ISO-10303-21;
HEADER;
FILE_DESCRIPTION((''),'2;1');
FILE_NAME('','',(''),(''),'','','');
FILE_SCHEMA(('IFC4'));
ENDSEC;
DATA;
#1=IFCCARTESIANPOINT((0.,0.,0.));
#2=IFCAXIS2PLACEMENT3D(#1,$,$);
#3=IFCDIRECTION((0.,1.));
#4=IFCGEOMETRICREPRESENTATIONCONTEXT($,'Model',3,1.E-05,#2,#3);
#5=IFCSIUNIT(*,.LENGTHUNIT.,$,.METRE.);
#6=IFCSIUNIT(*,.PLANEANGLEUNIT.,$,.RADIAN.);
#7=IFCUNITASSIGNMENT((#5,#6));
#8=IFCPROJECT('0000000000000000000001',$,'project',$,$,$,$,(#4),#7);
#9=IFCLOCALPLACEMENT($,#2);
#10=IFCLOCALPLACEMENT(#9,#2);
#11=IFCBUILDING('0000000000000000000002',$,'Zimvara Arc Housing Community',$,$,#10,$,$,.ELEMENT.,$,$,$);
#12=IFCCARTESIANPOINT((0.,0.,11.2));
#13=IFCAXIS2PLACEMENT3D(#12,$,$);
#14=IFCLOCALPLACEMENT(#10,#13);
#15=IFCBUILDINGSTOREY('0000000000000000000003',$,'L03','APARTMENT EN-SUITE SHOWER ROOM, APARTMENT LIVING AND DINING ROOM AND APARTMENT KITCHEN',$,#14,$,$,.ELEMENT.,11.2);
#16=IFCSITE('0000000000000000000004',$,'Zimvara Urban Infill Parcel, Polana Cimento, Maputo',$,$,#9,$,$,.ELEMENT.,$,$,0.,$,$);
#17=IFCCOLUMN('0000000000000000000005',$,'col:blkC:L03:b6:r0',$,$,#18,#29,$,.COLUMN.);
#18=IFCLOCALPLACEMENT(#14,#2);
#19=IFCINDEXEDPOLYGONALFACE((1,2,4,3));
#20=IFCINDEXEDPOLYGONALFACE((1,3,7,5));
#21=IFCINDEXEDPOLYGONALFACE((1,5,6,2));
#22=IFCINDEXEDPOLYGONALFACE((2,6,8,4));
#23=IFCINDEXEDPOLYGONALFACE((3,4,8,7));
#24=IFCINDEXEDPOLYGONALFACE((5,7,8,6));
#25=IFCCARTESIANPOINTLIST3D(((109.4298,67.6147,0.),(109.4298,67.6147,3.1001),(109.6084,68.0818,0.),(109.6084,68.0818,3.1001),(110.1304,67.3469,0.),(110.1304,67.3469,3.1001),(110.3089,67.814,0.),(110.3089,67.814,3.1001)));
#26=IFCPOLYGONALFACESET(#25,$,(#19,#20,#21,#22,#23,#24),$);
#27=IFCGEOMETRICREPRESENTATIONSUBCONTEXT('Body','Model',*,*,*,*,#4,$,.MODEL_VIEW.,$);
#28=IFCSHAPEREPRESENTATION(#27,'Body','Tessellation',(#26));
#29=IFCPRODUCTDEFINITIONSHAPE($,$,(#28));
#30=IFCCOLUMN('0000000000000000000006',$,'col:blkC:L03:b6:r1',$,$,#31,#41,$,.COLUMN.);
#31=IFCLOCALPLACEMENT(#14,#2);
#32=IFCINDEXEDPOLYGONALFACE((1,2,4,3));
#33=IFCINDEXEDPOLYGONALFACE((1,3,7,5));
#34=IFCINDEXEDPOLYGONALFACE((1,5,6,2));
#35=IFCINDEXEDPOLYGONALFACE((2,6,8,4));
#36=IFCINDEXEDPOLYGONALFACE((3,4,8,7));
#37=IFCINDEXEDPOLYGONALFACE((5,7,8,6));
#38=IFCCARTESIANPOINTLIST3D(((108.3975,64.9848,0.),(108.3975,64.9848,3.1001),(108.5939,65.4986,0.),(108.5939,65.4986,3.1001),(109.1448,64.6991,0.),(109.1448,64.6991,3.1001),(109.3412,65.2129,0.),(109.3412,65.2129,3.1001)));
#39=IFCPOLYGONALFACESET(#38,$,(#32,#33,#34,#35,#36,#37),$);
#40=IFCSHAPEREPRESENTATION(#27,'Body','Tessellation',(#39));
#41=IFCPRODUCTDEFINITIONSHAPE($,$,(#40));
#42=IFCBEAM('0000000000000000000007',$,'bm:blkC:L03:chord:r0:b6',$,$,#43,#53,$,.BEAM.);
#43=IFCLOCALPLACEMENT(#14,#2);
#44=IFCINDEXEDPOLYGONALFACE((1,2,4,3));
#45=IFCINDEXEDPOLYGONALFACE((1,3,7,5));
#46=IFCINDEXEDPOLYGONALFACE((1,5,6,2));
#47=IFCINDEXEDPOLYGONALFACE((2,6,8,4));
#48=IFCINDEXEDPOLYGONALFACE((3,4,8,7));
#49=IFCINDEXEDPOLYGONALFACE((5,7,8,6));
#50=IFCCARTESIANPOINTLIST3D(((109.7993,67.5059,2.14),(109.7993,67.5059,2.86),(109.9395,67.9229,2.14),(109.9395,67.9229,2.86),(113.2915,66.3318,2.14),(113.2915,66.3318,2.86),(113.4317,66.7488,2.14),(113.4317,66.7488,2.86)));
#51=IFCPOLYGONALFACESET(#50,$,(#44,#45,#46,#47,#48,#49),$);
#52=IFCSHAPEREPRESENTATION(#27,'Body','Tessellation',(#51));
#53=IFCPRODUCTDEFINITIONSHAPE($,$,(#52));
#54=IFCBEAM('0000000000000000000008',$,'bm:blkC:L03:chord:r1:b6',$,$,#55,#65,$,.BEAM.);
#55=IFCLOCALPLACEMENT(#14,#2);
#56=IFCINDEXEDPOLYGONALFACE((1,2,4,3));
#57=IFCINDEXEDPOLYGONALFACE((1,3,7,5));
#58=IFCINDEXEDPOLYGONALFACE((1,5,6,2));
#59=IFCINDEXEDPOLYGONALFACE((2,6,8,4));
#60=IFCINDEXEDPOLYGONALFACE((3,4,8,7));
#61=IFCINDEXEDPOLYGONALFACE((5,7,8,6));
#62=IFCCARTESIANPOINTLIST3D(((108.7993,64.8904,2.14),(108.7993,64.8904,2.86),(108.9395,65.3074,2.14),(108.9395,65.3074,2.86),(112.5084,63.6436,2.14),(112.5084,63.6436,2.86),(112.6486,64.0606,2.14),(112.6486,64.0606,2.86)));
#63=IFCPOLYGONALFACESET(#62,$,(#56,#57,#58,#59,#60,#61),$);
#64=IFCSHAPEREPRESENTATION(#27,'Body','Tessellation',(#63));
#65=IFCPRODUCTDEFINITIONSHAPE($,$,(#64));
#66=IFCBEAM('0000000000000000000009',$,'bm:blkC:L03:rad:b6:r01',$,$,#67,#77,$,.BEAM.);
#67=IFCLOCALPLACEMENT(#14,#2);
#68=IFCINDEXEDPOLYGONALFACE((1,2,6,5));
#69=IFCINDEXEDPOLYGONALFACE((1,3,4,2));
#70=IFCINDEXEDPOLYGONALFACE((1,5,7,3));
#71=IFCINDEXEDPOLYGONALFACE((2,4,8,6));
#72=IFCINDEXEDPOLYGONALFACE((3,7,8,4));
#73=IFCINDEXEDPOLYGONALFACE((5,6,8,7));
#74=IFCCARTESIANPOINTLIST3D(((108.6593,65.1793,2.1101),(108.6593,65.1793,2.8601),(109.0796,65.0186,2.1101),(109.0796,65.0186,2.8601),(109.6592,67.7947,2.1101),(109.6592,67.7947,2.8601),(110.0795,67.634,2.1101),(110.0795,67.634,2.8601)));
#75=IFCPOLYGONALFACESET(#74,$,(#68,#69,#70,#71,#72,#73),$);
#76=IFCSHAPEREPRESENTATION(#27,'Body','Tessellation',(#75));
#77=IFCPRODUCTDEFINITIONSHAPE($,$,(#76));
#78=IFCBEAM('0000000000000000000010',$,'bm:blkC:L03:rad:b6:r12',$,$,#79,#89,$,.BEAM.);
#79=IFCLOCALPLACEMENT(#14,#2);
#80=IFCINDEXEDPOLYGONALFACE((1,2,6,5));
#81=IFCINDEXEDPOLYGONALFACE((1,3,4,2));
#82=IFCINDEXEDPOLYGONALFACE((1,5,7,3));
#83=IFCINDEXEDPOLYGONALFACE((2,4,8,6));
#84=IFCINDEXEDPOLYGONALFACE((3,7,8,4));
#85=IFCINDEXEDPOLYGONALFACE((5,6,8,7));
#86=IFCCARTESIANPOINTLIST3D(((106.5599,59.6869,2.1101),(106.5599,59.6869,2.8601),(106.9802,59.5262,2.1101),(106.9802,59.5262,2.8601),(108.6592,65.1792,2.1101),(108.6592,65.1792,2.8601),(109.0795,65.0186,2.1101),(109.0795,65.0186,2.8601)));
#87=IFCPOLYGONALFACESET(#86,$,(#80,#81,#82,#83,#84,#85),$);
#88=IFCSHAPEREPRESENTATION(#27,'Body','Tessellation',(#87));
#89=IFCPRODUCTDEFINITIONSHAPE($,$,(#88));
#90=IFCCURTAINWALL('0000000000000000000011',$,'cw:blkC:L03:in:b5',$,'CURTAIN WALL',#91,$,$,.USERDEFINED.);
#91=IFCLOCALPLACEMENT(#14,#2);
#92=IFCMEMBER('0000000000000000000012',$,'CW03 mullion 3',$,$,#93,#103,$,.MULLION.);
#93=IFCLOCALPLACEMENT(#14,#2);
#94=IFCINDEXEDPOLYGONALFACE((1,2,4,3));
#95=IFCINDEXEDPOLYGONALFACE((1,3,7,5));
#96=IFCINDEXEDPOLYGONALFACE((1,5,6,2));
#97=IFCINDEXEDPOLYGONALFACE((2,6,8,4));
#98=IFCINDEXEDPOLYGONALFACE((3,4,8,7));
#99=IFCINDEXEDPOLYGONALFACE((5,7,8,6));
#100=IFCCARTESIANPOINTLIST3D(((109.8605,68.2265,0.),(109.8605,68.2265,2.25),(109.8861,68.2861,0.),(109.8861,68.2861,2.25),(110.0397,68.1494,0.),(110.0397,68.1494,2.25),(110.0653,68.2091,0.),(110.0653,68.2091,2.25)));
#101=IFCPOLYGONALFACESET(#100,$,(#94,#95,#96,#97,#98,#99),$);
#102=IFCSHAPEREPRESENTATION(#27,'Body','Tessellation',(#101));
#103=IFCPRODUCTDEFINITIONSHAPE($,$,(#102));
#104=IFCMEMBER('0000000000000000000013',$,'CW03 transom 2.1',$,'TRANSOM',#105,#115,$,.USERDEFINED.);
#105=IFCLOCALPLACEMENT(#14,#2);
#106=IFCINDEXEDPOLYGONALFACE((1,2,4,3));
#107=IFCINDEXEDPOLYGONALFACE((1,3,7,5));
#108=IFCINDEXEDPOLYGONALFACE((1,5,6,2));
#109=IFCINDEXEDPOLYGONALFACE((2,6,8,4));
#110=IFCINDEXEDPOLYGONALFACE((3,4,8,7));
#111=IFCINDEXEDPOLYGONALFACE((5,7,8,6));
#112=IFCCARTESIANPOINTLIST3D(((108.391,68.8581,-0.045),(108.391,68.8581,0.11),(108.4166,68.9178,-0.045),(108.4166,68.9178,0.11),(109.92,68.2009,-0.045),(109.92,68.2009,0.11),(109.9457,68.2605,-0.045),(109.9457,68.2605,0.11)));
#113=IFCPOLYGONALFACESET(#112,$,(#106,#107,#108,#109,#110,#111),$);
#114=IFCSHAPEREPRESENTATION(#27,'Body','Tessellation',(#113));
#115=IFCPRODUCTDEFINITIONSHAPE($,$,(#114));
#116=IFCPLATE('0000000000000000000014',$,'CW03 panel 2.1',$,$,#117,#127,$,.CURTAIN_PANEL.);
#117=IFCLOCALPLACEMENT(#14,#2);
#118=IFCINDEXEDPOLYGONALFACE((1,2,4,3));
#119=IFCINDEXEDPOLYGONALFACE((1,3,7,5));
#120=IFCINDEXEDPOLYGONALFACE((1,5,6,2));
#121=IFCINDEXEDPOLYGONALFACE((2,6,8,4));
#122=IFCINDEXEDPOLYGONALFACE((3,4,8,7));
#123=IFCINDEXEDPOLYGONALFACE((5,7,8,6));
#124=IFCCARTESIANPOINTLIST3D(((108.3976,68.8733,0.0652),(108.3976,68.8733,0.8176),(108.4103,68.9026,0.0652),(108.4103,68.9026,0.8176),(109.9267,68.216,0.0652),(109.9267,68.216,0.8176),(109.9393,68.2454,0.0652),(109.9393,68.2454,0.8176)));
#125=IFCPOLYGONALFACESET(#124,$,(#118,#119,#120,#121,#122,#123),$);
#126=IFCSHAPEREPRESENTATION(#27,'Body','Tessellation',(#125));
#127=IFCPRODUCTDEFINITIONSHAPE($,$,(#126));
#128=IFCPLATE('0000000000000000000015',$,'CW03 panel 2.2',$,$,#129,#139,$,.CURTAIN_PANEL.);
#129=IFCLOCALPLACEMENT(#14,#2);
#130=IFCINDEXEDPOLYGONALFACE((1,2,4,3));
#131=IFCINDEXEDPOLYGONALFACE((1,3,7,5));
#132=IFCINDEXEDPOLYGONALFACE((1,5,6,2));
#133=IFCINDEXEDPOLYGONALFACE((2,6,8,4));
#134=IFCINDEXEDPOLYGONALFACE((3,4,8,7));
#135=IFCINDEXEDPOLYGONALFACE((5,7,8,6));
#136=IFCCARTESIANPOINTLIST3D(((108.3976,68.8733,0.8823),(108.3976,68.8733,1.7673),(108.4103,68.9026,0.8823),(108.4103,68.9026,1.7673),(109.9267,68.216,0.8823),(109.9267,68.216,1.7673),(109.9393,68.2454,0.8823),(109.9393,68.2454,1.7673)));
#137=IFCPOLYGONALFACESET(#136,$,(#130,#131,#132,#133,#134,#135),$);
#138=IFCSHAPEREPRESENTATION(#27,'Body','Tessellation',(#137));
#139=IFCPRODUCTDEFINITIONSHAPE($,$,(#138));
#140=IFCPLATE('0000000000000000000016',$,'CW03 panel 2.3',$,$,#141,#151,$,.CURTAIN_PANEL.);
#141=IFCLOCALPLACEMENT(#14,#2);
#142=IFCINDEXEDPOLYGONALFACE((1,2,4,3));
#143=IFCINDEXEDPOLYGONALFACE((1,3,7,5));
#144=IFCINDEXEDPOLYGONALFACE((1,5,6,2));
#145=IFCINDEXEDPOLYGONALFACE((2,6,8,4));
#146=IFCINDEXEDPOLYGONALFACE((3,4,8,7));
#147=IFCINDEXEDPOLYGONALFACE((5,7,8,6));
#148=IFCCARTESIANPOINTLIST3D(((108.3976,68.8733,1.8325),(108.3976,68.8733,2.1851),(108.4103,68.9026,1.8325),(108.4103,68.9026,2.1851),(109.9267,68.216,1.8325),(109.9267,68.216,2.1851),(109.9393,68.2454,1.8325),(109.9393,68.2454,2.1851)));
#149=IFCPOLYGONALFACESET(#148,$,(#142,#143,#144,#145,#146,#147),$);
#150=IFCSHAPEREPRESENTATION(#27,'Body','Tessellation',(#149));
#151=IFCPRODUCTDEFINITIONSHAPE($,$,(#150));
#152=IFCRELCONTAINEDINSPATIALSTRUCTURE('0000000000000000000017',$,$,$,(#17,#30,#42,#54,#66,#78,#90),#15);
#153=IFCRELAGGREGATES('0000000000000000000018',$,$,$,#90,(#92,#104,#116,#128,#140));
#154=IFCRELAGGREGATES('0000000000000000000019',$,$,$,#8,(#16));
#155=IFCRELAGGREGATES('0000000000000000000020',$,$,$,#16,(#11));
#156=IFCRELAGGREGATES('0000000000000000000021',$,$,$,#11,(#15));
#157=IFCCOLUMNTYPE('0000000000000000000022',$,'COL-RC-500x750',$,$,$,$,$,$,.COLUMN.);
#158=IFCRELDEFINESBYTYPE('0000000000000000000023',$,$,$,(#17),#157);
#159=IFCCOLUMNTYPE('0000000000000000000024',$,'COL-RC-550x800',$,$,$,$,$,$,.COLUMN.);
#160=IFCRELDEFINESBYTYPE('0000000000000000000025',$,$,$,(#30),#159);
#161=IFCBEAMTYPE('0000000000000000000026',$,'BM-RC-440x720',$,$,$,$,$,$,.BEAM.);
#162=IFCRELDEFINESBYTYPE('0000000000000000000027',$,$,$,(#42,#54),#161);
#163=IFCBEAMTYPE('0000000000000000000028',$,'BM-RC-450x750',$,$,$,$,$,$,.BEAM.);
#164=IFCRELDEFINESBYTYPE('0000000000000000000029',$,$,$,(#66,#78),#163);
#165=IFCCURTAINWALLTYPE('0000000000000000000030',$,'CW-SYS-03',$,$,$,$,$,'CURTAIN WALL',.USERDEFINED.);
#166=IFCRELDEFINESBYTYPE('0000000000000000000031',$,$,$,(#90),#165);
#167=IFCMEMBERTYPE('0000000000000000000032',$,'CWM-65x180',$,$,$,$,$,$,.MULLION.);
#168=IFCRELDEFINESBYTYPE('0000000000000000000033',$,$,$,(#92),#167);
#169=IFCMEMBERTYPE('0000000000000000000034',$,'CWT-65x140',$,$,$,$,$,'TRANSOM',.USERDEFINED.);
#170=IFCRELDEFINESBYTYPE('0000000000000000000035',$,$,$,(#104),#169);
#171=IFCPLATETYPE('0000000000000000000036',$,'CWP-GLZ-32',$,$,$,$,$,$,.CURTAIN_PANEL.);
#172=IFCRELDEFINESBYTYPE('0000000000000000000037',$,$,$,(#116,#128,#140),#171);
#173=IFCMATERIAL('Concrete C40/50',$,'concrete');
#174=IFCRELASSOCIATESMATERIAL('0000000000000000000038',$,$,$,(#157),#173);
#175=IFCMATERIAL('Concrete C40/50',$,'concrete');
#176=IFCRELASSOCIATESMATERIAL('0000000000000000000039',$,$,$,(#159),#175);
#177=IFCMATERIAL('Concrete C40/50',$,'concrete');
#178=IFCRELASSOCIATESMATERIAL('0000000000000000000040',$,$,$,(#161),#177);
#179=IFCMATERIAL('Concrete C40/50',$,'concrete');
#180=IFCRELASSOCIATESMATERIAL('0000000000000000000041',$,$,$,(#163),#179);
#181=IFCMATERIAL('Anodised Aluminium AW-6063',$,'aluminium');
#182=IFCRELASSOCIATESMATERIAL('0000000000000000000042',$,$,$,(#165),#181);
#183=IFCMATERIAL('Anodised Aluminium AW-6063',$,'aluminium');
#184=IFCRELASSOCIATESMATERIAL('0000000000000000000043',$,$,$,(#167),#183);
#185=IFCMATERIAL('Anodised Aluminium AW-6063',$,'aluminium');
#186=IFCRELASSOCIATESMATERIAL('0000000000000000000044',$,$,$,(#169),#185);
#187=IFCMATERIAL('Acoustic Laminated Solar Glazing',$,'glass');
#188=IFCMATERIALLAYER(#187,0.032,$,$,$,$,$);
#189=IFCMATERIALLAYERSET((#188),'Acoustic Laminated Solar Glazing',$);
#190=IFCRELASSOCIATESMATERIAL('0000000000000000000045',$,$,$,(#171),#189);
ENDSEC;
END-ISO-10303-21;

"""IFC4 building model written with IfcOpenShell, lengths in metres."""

from ifc_helpers import new_model, si_unit, direction, frame, origin, origin_2d, place, context, subcontext, project, spatial, rectangle, extrude, material, layer, layer_set, material_profile, profile_set, type_object, element, aggregate, save


model = new_model("IFC4")

# Units and contexts
model_context = context("Model", 3, precision=1e-05, world=origin(), true_north=direction((0.0, 1.0)))
body_context = subcontext(model_context, "Body", "Model", "MODEL_VIEW")
ifc_project = project(units=[si_unit("LENGTHUNIT", "METRE"), si_unit("PLANEANGLEUNIT", "RADIAN")], contexts=[model_context])

# Site, building, storey
site_placement = place(None, origin())
site = spatial("IfcSite", under=ifc_project, at=site_placement, Name="Zimvara Urban Infill Parcel, Polana Cimento, Maputo", CompositionType="ELEMENT", RefElevation=0.0)
building_placement = place(site_placement, origin())
building = spatial("IfcBuilding", under=site, at=building_placement, Name="Zimvara Arc Housing Community", CompositionType="ELEMENT")
storey_placement = place(building_placement, frame((0.0, 0.0, 11.2)))
storey = spatial("IfcBuildingStorey", under=building, at=storey_placement, Name="L03", Description="APARTMENT EN-SUITE SHOWER ROOM, APARTMENT LIVING AND DINING ROOM AND APARTMENT KITCHEN", CompositionType="ELEMENT", Elevation=11.2)

# Columns
ifc_material_1 = material(Name="Concrete C40/50", Category="concrete")
ifc_material_profile_1 = material_profile(ifc_material_1, rectangle(XDim=0.5, YDim=0.75, at=origin_2d()), Name="RC 500x750")
ifc_profile_set_1 = profile_set([ifc_material_profile_1], Name="Concrete C40/50")
column_type_1 = type_object("IfcColumnType", Name="COL-RC-500x750", PredefinedType="COLUMN", material=ifc_profile_set_1)
column_1_placement = place(storey_placement, frame((109.8694, 67.7144, 0.0), z_axis=(0.0, 0.0, 1.0), x_axis=(-0.357064, -0.93408, 0.0)))
element("IfcColumn", 1, at=column_1_placement, inside=storey, type_object=column_type_1, Name="col:blkC:L03:b6:r0", PredefinedType="COLUMN", context=body_context, shape_type="SweptSolid", body=[
    extrude(rectangle(XDim=0.5, YDim=0.75, at=origin_2d()), origin(), (0.0, 0.0, 1.0), 3.1001),
])
ifc_material_2 = material(Name="Concrete C40/50", Category="concrete")
ifc_material_profile_2 = material_profile(ifc_material_2, rectangle(XDim=0.55, YDim=0.8, at=origin_2d()), Name="RC 550x800")
ifc_profile_set_2 = profile_set([ifc_material_profile_2], Name="Concrete C40/50")
column_type_2 = type_object("IfcColumnType", Name="COL-RC-550x800", PredefinedType="COLUMN", material=ifc_profile_set_2)
column_2_placement = place(storey_placement, frame((108.8694, 65.0989, 0.0), z_axis=(0.0, 0.0, 1.0), x_axis=(-0.357064, -0.93408, 0.0)))
element("IfcColumn", 2, at=column_2_placement, inside=storey, type_object=column_type_2, Name="col:blkC:L03:b6:r1", PredefinedType="COLUMN", context=body_context, shape_type="SweptSolid", body=[
    extrude(rectangle(XDim=0.55, YDim=0.8, at=origin_2d()), origin(), (0.0, 0.0, 1.0), 3.1001),
])

# Beams
ifc_material_3 = material(Name="Concrete C40/50", Category="concrete")
ifc_material_profile_3 = material_profile(ifc_material_3, rectangle(XDim=0.4399, YDim=0.72, at=origin_2d()), Name="RC 440x720")
ifc_profile_set_3 = profile_set([ifc_material_profile_3], Name="Concrete C40/50")
beam_type_1 = type_object("IfcBeamType", Name="BM-RC-440x720", PredefinedType="BEAM", material=ifc_profile_set_3)
beam_1_placement = place(storey_placement, frame((109.8694, 67.7144, 2.5), z_axis=(0.947865, -0.318672, 0.0), x_axis=(0.318672, 0.947865, 0.0)))
element("IfcBeam", 3, at=beam_1_placement, inside=storey, type_object=beam_type_1, Name="bm:blkC:L03:chord:r0:b6", PredefinedType="BEAM", context=body_context, shape_type="SweptSolid", body=[
    extrude(rectangle(XDim=0.4399, YDim=0.72, at=origin_2d()), origin(), (0.0, 0.0, 1.0), 3.6843),
])
beam_2_placement = place(storey_placement, frame((108.8694, 65.0989, 2.5), z_axis=(0.947882, -0.318623, 0.0), x_axis=(0.318623, 0.947882, 0.0)))
element("IfcBeam", 4, at=beam_2_placement, inside=storey, type_object=beam_type_1, Name="bm:blkC:L03:chord:r1:b6", PredefinedType="BEAM", context=body_context, shape_type="SweptSolid", body=[
    extrude(rectangle(XDim=0.4399, YDim=0.72, at=origin_2d()), origin(), (0.0, 0.0, 1.0), 3.9131),
])
ifc_material_4 = material(Name="Concrete C40/50", Category="concrete")
ifc_material_profile_4 = material_profile(ifc_material_4, rectangle(XDim=0.45, YDim=0.75, at=origin_2d()), Name="RC 450x750")
ifc_profile_set_4 = profile_set([ifc_material_profile_4], Name="Concrete C40/50")
beam_type_2 = type_object("IfcBeamType", Name="BM-RC-450x750", PredefinedType="BEAM", material=ifc_profile_set_4)
beam_3_placement = place(storey_placement, frame((109.8694, 67.7144, 2.4851), z_axis=(-0.357126, -0.934056, 0.0), x_axis=(0.934056, -0.357126, 0.0)))
element("IfcBeam", 5, at=beam_3_placement, inside=storey, type_object=beam_type_2, Name="bm:blkC:L03:rad:b6:r01", PredefinedType="BEAM", context=body_context, shape_type="SweptSolid", body=[
    extrude(rectangle(XDim=0.45, YDim=0.75, at=origin_2d()), origin(), (0.0, 0.0, 1.0), 2.8),
])
beam_4_placement = place(storey_placement, frame((108.8694, 65.0989, 2.4851), z_axis=(-0.357036, -0.934091, 0.0), x_axis=(0.934091, -0.357036, 0.0)))
element("IfcBeam", 6, at=beam_4_placement, inside=storey, type_object=beam_type_2, Name="bm:blkC:L03:rad:b6:r12", PredefinedType="BEAM", context=body_context, shape_type="SweptSolid", body=[
    extrude(rectangle(XDim=0.45, YDim=0.75, at=origin_2d()), origin(), (0.0, 0.0, 1.0), 5.8799),
])

# Curtain wall, members, plates
ifc_material_5 = material(Name="Anodised Aluminium AW-6063", Category="aluminium")
curtain_wall_type = type_object("IfcCurtainWallType", Name="CW-SYS-03", ElementType="CURTAIN WALL", PredefinedType="USERDEFINED", material=ifc_material_5)
curtain_wall_placement = place(storey_placement, origin())
curtain_wall = element("IfcCurtainWall", 7, at=curtain_wall_placement, inside=storey, type_object=curtain_wall_type, Name="cw:blkC:L03:in:b5", ObjectType="CURTAIN WALL", PredefinedType="USERDEFINED")
ifc_material_6 = material(Name="Anodised Aluminium AW-6063", Category="aluminium")
ifc_material_profile_5 = material_profile(ifc_material_6, rectangle(XDim=0.0649, YDim=0.1951, at=origin_2d()), Name="ALU 65x195")
ifc_profile_set_5 = profile_set([ifc_material_profile_5], Name="Anodised Aluminium AW-6063")
member_type_1 = type_object("IfcMemberType", Name="CWM-65x180", PredefinedType="MULLION", material=ifc_profile_set_5)
member_1_placement = place(storey_placement, frame((109.9629, 68.2178, 0.0), z_axis=(0.0, 0.0, 1.0), x_axis=(0.394904, 0.918722, 0.0)))
member_1 = element("IfcMember", 8, at=member_1_placement, type_object=member_type_1, Name="CW03 mullion 3", PredefinedType="MULLION", context=body_context, shape_type="SweptSolid", body=[
    extrude(rectangle(XDim=0.0649, YDim=0.1951, at=origin_2d()), origin(), (0.0, 0.0, 1.0), 2.25),
])
ifc_material_7 = material(Name="Anodised Aluminium AW-6063", Category="aluminium")
ifc_material_profile_6 = material_profile(ifc_material_7, rectangle(XDim=0.0649, YDim=0.155, at=origin_2d()), Name="ALU 65x155")
ifc_profile_set_6 = profile_set([ifc_material_profile_6], Name="Anodised Aluminium AW-6063")
member_type_2 = type_object("IfcMemberType", Name="CWT-65x140", ElementType="TRANSOM", PredefinedType="USERDEFINED", material=ifc_profile_set_6)
member_2_placement = place(storey_placement, frame((108.4038, 68.8879, 0.0325), z_axis=(0.918727, -0.394893, 0.0), x_axis=(0.394893, 0.918727, 0.0)))
member_2 = element("IfcMember", 9, at=member_2_placement, type_object=member_type_2, Name="CW03 transom 2.1", ObjectType="TRANSOM", PredefinedType="USERDEFINED", context=body_context, shape_type="SweptSolid", body=[
    extrude(rectangle(XDim=0.0649, YDim=0.155, at=origin_2d()), origin(), (0.0, 0.0, 1.0), 1.6643),
])
ifc_material_8 = material(Name="Acoustic Laminated Solar Glazing", Category="glass")
ifc_layer_1 = layer(ifc_material_8, 0.032)
ifc_layer_set_1 = layer_set([ifc_layer_1], Name="Acoustic Laminated Solar Glazing")
plate_type = type_object("IfcPlateType", Name="CWP-GLZ-32", PredefinedType="CURTAIN_PANEL", material=ifc_layer_set_1)
plate_1_placement = place(storey_placement, frame((109.1685, 68.5593, 0.0652), z_axis=(0.0, 0.0, 1.0), x_axis=(0.918722, -0.394904, 0.0)))
plate_1 = element("IfcPlate", 10, at=plate_1_placement, type_object=plate_type, Name="CW03 panel 2.1", PredefinedType="CURTAIN_PANEL", context=body_context, shape_type="SweptSolid", body=[
    extrude(rectangle(XDim=1.6643, YDim=0.032, at=origin_2d()), origin(), (0.0, 0.0, 1.0), 0.7524),
])
plate_2_placement = place(storey_placement, frame((109.1685, 68.5593, 0.8823), z_axis=(0.0, 0.0, 1.0), x_axis=(0.918722, -0.394904, 0.0)))
plate_2 = element("IfcPlate", 11, at=plate_2_placement, type_object=plate_type, Name="CW03 panel 2.2", PredefinedType="CURTAIN_PANEL", context=body_context, shape_type="SweptSolid", body=[
    extrude(rectangle(XDim=1.6643, YDim=0.032, at=origin_2d()), origin(), (0.0, 0.0, 1.0), 0.885),
])
plate_3_placement = place(storey_placement, frame((109.1685, 68.5593, 1.8325), z_axis=(0.0, 0.0, 1.0), x_axis=(0.918722, -0.394904, 0.0)))
plate_3 = element("IfcPlate", 12, at=plate_3_placement, type_object=plate_type, Name="CW03 panel 2.3", PredefinedType="CURTAIN_PANEL", context=body_context, shape_type="SweptSolid", body=[
    extrude(rectangle(XDim=1.6643, YDim=0.032, at=origin_2d()), origin(), (0.0, 0.0, 1.0), 0.3525),
])
aggregate(curtain_wall, [member_1, member_2, plate_1, plate_2, plate_3])

save(model, "model.ifc")
